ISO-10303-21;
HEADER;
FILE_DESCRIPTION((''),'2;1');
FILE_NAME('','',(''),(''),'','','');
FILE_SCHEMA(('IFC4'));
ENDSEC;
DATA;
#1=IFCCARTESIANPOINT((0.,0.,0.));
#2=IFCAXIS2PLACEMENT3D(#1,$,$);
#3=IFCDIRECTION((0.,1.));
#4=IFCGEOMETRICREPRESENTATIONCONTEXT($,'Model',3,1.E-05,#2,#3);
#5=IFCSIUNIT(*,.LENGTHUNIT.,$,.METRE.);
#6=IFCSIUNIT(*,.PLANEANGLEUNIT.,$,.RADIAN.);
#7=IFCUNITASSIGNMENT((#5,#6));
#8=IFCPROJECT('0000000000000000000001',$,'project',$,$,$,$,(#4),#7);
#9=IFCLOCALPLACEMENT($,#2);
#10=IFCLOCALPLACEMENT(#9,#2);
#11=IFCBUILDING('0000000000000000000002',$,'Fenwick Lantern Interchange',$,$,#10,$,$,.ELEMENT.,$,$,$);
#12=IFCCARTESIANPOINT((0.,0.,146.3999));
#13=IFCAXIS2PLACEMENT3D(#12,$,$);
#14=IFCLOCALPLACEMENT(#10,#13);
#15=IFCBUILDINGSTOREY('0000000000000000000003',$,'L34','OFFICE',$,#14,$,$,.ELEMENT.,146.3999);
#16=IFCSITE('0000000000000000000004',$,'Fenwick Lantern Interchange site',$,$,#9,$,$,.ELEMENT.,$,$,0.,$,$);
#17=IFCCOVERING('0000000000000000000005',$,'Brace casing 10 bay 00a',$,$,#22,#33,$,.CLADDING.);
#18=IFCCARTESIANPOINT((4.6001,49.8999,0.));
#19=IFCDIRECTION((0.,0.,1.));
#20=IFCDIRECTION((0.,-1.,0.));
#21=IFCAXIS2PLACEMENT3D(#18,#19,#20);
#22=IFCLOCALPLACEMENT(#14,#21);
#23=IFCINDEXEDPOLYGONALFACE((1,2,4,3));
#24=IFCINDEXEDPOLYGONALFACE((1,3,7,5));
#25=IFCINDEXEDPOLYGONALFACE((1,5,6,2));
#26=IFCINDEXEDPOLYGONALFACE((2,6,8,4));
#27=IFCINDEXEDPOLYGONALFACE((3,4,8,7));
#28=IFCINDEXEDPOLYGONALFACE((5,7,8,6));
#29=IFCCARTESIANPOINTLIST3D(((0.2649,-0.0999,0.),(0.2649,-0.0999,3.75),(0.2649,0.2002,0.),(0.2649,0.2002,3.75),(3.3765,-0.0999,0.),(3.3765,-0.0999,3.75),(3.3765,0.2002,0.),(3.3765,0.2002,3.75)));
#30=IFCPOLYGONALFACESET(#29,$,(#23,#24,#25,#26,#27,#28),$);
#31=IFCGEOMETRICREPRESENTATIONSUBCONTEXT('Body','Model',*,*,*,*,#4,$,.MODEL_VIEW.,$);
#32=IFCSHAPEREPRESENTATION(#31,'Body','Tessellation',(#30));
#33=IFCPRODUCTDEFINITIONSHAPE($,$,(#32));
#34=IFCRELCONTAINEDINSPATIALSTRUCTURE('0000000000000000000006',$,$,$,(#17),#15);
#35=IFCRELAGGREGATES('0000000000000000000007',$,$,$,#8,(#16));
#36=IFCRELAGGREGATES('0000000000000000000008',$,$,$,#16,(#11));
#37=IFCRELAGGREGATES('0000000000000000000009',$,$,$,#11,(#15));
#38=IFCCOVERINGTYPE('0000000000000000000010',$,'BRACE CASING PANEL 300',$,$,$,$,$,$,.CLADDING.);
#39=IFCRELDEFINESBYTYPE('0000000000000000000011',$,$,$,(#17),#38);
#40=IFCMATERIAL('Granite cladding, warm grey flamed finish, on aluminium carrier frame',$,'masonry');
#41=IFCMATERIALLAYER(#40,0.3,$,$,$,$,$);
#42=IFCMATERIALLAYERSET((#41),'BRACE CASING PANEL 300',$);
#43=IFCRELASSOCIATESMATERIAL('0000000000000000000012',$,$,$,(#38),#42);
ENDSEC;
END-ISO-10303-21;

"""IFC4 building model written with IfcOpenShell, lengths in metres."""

from ifc_helpers import new_model, si_unit, direction, frame, origin, place, context, subcontext, project, spatial, polyline, outline, extrude, material, layer, layer_set, type_object, element, save


model = new_model("IFC4")

# Units and contexts
model_context = context("Model", 3, precision=1e-05, world=origin(), true_north=direction((0.0, 1.0)))
body_context = subcontext(model_context, "Body", "Model", "MODEL_VIEW")
ifc_project = project(units=[si_unit("LENGTHUNIT", "METRE"), si_unit("PLANEANGLEUNIT", "RADIAN")], contexts=[model_context])

# Site, building, storey
site_placement = place(None, origin())
site = spatial("IfcSite", under=ifc_project, at=site_placement, Name="Fenwick Lantern Interchange site", CompositionType="ELEMENT", RefElevation=0.0)
building_placement = place(site_placement, origin())
building = spatial("IfcBuilding", under=site, at=building_placement, Name="Fenwick Lantern Interchange", CompositionType="ELEMENT")
storey_placement = place(building_placement, frame((0.0, 0.0, 146.3999)))
storey = spatial("IfcBuildingStorey", under=building, at=storey_placement, Name="L34", Description="OFFICE", CompositionType="ELEMENT", Elevation=146.3999)

# Covering
ifc_material_1 = material(Name="Granite cladding, warm grey flamed finish, on aluminium carrier frame", Category="masonry")
ifc_layer_1 = layer(ifc_material_1, 0.3)
ifc_layer_set_1 = layer_set([ifc_layer_1], Name="BRACE CASING PANEL 300")
covering_type = type_object("IfcCoveringType", Name="BRACE CASING PANEL 300", PredefinedType="CLADDING", material=ifc_layer_set_1)
covering_placement = place(storey_placement, frame((4.6001, 49.8999, 0.0), z_axis=(0.0, 0.0, 1.0), x_axis=(0.0, -1.0, 0.0)))
element("IfcCovering", 1, at=covering_placement, inside=storey, type_object=covering_type, Name="Brace casing 10 bay 00a", PredefinedType="CLADDING", context=body_context, shape_type="SweptSolid", body=[
    extrude(outline(polyline([(0.2649, 0.0), (3.3765, 0.0), (3.3765, 3.75), (0.2649, 3.75), (0.2649, 0.0)])), frame((0.0, 0.2002, 0.0), z_axis=(0.0, -1.0, 0.0), x_axis=(1.0, 0.0, 0.0)), (0.0, 0.0, 1.0), 0.3),
])

save(model, "model.ifc")
